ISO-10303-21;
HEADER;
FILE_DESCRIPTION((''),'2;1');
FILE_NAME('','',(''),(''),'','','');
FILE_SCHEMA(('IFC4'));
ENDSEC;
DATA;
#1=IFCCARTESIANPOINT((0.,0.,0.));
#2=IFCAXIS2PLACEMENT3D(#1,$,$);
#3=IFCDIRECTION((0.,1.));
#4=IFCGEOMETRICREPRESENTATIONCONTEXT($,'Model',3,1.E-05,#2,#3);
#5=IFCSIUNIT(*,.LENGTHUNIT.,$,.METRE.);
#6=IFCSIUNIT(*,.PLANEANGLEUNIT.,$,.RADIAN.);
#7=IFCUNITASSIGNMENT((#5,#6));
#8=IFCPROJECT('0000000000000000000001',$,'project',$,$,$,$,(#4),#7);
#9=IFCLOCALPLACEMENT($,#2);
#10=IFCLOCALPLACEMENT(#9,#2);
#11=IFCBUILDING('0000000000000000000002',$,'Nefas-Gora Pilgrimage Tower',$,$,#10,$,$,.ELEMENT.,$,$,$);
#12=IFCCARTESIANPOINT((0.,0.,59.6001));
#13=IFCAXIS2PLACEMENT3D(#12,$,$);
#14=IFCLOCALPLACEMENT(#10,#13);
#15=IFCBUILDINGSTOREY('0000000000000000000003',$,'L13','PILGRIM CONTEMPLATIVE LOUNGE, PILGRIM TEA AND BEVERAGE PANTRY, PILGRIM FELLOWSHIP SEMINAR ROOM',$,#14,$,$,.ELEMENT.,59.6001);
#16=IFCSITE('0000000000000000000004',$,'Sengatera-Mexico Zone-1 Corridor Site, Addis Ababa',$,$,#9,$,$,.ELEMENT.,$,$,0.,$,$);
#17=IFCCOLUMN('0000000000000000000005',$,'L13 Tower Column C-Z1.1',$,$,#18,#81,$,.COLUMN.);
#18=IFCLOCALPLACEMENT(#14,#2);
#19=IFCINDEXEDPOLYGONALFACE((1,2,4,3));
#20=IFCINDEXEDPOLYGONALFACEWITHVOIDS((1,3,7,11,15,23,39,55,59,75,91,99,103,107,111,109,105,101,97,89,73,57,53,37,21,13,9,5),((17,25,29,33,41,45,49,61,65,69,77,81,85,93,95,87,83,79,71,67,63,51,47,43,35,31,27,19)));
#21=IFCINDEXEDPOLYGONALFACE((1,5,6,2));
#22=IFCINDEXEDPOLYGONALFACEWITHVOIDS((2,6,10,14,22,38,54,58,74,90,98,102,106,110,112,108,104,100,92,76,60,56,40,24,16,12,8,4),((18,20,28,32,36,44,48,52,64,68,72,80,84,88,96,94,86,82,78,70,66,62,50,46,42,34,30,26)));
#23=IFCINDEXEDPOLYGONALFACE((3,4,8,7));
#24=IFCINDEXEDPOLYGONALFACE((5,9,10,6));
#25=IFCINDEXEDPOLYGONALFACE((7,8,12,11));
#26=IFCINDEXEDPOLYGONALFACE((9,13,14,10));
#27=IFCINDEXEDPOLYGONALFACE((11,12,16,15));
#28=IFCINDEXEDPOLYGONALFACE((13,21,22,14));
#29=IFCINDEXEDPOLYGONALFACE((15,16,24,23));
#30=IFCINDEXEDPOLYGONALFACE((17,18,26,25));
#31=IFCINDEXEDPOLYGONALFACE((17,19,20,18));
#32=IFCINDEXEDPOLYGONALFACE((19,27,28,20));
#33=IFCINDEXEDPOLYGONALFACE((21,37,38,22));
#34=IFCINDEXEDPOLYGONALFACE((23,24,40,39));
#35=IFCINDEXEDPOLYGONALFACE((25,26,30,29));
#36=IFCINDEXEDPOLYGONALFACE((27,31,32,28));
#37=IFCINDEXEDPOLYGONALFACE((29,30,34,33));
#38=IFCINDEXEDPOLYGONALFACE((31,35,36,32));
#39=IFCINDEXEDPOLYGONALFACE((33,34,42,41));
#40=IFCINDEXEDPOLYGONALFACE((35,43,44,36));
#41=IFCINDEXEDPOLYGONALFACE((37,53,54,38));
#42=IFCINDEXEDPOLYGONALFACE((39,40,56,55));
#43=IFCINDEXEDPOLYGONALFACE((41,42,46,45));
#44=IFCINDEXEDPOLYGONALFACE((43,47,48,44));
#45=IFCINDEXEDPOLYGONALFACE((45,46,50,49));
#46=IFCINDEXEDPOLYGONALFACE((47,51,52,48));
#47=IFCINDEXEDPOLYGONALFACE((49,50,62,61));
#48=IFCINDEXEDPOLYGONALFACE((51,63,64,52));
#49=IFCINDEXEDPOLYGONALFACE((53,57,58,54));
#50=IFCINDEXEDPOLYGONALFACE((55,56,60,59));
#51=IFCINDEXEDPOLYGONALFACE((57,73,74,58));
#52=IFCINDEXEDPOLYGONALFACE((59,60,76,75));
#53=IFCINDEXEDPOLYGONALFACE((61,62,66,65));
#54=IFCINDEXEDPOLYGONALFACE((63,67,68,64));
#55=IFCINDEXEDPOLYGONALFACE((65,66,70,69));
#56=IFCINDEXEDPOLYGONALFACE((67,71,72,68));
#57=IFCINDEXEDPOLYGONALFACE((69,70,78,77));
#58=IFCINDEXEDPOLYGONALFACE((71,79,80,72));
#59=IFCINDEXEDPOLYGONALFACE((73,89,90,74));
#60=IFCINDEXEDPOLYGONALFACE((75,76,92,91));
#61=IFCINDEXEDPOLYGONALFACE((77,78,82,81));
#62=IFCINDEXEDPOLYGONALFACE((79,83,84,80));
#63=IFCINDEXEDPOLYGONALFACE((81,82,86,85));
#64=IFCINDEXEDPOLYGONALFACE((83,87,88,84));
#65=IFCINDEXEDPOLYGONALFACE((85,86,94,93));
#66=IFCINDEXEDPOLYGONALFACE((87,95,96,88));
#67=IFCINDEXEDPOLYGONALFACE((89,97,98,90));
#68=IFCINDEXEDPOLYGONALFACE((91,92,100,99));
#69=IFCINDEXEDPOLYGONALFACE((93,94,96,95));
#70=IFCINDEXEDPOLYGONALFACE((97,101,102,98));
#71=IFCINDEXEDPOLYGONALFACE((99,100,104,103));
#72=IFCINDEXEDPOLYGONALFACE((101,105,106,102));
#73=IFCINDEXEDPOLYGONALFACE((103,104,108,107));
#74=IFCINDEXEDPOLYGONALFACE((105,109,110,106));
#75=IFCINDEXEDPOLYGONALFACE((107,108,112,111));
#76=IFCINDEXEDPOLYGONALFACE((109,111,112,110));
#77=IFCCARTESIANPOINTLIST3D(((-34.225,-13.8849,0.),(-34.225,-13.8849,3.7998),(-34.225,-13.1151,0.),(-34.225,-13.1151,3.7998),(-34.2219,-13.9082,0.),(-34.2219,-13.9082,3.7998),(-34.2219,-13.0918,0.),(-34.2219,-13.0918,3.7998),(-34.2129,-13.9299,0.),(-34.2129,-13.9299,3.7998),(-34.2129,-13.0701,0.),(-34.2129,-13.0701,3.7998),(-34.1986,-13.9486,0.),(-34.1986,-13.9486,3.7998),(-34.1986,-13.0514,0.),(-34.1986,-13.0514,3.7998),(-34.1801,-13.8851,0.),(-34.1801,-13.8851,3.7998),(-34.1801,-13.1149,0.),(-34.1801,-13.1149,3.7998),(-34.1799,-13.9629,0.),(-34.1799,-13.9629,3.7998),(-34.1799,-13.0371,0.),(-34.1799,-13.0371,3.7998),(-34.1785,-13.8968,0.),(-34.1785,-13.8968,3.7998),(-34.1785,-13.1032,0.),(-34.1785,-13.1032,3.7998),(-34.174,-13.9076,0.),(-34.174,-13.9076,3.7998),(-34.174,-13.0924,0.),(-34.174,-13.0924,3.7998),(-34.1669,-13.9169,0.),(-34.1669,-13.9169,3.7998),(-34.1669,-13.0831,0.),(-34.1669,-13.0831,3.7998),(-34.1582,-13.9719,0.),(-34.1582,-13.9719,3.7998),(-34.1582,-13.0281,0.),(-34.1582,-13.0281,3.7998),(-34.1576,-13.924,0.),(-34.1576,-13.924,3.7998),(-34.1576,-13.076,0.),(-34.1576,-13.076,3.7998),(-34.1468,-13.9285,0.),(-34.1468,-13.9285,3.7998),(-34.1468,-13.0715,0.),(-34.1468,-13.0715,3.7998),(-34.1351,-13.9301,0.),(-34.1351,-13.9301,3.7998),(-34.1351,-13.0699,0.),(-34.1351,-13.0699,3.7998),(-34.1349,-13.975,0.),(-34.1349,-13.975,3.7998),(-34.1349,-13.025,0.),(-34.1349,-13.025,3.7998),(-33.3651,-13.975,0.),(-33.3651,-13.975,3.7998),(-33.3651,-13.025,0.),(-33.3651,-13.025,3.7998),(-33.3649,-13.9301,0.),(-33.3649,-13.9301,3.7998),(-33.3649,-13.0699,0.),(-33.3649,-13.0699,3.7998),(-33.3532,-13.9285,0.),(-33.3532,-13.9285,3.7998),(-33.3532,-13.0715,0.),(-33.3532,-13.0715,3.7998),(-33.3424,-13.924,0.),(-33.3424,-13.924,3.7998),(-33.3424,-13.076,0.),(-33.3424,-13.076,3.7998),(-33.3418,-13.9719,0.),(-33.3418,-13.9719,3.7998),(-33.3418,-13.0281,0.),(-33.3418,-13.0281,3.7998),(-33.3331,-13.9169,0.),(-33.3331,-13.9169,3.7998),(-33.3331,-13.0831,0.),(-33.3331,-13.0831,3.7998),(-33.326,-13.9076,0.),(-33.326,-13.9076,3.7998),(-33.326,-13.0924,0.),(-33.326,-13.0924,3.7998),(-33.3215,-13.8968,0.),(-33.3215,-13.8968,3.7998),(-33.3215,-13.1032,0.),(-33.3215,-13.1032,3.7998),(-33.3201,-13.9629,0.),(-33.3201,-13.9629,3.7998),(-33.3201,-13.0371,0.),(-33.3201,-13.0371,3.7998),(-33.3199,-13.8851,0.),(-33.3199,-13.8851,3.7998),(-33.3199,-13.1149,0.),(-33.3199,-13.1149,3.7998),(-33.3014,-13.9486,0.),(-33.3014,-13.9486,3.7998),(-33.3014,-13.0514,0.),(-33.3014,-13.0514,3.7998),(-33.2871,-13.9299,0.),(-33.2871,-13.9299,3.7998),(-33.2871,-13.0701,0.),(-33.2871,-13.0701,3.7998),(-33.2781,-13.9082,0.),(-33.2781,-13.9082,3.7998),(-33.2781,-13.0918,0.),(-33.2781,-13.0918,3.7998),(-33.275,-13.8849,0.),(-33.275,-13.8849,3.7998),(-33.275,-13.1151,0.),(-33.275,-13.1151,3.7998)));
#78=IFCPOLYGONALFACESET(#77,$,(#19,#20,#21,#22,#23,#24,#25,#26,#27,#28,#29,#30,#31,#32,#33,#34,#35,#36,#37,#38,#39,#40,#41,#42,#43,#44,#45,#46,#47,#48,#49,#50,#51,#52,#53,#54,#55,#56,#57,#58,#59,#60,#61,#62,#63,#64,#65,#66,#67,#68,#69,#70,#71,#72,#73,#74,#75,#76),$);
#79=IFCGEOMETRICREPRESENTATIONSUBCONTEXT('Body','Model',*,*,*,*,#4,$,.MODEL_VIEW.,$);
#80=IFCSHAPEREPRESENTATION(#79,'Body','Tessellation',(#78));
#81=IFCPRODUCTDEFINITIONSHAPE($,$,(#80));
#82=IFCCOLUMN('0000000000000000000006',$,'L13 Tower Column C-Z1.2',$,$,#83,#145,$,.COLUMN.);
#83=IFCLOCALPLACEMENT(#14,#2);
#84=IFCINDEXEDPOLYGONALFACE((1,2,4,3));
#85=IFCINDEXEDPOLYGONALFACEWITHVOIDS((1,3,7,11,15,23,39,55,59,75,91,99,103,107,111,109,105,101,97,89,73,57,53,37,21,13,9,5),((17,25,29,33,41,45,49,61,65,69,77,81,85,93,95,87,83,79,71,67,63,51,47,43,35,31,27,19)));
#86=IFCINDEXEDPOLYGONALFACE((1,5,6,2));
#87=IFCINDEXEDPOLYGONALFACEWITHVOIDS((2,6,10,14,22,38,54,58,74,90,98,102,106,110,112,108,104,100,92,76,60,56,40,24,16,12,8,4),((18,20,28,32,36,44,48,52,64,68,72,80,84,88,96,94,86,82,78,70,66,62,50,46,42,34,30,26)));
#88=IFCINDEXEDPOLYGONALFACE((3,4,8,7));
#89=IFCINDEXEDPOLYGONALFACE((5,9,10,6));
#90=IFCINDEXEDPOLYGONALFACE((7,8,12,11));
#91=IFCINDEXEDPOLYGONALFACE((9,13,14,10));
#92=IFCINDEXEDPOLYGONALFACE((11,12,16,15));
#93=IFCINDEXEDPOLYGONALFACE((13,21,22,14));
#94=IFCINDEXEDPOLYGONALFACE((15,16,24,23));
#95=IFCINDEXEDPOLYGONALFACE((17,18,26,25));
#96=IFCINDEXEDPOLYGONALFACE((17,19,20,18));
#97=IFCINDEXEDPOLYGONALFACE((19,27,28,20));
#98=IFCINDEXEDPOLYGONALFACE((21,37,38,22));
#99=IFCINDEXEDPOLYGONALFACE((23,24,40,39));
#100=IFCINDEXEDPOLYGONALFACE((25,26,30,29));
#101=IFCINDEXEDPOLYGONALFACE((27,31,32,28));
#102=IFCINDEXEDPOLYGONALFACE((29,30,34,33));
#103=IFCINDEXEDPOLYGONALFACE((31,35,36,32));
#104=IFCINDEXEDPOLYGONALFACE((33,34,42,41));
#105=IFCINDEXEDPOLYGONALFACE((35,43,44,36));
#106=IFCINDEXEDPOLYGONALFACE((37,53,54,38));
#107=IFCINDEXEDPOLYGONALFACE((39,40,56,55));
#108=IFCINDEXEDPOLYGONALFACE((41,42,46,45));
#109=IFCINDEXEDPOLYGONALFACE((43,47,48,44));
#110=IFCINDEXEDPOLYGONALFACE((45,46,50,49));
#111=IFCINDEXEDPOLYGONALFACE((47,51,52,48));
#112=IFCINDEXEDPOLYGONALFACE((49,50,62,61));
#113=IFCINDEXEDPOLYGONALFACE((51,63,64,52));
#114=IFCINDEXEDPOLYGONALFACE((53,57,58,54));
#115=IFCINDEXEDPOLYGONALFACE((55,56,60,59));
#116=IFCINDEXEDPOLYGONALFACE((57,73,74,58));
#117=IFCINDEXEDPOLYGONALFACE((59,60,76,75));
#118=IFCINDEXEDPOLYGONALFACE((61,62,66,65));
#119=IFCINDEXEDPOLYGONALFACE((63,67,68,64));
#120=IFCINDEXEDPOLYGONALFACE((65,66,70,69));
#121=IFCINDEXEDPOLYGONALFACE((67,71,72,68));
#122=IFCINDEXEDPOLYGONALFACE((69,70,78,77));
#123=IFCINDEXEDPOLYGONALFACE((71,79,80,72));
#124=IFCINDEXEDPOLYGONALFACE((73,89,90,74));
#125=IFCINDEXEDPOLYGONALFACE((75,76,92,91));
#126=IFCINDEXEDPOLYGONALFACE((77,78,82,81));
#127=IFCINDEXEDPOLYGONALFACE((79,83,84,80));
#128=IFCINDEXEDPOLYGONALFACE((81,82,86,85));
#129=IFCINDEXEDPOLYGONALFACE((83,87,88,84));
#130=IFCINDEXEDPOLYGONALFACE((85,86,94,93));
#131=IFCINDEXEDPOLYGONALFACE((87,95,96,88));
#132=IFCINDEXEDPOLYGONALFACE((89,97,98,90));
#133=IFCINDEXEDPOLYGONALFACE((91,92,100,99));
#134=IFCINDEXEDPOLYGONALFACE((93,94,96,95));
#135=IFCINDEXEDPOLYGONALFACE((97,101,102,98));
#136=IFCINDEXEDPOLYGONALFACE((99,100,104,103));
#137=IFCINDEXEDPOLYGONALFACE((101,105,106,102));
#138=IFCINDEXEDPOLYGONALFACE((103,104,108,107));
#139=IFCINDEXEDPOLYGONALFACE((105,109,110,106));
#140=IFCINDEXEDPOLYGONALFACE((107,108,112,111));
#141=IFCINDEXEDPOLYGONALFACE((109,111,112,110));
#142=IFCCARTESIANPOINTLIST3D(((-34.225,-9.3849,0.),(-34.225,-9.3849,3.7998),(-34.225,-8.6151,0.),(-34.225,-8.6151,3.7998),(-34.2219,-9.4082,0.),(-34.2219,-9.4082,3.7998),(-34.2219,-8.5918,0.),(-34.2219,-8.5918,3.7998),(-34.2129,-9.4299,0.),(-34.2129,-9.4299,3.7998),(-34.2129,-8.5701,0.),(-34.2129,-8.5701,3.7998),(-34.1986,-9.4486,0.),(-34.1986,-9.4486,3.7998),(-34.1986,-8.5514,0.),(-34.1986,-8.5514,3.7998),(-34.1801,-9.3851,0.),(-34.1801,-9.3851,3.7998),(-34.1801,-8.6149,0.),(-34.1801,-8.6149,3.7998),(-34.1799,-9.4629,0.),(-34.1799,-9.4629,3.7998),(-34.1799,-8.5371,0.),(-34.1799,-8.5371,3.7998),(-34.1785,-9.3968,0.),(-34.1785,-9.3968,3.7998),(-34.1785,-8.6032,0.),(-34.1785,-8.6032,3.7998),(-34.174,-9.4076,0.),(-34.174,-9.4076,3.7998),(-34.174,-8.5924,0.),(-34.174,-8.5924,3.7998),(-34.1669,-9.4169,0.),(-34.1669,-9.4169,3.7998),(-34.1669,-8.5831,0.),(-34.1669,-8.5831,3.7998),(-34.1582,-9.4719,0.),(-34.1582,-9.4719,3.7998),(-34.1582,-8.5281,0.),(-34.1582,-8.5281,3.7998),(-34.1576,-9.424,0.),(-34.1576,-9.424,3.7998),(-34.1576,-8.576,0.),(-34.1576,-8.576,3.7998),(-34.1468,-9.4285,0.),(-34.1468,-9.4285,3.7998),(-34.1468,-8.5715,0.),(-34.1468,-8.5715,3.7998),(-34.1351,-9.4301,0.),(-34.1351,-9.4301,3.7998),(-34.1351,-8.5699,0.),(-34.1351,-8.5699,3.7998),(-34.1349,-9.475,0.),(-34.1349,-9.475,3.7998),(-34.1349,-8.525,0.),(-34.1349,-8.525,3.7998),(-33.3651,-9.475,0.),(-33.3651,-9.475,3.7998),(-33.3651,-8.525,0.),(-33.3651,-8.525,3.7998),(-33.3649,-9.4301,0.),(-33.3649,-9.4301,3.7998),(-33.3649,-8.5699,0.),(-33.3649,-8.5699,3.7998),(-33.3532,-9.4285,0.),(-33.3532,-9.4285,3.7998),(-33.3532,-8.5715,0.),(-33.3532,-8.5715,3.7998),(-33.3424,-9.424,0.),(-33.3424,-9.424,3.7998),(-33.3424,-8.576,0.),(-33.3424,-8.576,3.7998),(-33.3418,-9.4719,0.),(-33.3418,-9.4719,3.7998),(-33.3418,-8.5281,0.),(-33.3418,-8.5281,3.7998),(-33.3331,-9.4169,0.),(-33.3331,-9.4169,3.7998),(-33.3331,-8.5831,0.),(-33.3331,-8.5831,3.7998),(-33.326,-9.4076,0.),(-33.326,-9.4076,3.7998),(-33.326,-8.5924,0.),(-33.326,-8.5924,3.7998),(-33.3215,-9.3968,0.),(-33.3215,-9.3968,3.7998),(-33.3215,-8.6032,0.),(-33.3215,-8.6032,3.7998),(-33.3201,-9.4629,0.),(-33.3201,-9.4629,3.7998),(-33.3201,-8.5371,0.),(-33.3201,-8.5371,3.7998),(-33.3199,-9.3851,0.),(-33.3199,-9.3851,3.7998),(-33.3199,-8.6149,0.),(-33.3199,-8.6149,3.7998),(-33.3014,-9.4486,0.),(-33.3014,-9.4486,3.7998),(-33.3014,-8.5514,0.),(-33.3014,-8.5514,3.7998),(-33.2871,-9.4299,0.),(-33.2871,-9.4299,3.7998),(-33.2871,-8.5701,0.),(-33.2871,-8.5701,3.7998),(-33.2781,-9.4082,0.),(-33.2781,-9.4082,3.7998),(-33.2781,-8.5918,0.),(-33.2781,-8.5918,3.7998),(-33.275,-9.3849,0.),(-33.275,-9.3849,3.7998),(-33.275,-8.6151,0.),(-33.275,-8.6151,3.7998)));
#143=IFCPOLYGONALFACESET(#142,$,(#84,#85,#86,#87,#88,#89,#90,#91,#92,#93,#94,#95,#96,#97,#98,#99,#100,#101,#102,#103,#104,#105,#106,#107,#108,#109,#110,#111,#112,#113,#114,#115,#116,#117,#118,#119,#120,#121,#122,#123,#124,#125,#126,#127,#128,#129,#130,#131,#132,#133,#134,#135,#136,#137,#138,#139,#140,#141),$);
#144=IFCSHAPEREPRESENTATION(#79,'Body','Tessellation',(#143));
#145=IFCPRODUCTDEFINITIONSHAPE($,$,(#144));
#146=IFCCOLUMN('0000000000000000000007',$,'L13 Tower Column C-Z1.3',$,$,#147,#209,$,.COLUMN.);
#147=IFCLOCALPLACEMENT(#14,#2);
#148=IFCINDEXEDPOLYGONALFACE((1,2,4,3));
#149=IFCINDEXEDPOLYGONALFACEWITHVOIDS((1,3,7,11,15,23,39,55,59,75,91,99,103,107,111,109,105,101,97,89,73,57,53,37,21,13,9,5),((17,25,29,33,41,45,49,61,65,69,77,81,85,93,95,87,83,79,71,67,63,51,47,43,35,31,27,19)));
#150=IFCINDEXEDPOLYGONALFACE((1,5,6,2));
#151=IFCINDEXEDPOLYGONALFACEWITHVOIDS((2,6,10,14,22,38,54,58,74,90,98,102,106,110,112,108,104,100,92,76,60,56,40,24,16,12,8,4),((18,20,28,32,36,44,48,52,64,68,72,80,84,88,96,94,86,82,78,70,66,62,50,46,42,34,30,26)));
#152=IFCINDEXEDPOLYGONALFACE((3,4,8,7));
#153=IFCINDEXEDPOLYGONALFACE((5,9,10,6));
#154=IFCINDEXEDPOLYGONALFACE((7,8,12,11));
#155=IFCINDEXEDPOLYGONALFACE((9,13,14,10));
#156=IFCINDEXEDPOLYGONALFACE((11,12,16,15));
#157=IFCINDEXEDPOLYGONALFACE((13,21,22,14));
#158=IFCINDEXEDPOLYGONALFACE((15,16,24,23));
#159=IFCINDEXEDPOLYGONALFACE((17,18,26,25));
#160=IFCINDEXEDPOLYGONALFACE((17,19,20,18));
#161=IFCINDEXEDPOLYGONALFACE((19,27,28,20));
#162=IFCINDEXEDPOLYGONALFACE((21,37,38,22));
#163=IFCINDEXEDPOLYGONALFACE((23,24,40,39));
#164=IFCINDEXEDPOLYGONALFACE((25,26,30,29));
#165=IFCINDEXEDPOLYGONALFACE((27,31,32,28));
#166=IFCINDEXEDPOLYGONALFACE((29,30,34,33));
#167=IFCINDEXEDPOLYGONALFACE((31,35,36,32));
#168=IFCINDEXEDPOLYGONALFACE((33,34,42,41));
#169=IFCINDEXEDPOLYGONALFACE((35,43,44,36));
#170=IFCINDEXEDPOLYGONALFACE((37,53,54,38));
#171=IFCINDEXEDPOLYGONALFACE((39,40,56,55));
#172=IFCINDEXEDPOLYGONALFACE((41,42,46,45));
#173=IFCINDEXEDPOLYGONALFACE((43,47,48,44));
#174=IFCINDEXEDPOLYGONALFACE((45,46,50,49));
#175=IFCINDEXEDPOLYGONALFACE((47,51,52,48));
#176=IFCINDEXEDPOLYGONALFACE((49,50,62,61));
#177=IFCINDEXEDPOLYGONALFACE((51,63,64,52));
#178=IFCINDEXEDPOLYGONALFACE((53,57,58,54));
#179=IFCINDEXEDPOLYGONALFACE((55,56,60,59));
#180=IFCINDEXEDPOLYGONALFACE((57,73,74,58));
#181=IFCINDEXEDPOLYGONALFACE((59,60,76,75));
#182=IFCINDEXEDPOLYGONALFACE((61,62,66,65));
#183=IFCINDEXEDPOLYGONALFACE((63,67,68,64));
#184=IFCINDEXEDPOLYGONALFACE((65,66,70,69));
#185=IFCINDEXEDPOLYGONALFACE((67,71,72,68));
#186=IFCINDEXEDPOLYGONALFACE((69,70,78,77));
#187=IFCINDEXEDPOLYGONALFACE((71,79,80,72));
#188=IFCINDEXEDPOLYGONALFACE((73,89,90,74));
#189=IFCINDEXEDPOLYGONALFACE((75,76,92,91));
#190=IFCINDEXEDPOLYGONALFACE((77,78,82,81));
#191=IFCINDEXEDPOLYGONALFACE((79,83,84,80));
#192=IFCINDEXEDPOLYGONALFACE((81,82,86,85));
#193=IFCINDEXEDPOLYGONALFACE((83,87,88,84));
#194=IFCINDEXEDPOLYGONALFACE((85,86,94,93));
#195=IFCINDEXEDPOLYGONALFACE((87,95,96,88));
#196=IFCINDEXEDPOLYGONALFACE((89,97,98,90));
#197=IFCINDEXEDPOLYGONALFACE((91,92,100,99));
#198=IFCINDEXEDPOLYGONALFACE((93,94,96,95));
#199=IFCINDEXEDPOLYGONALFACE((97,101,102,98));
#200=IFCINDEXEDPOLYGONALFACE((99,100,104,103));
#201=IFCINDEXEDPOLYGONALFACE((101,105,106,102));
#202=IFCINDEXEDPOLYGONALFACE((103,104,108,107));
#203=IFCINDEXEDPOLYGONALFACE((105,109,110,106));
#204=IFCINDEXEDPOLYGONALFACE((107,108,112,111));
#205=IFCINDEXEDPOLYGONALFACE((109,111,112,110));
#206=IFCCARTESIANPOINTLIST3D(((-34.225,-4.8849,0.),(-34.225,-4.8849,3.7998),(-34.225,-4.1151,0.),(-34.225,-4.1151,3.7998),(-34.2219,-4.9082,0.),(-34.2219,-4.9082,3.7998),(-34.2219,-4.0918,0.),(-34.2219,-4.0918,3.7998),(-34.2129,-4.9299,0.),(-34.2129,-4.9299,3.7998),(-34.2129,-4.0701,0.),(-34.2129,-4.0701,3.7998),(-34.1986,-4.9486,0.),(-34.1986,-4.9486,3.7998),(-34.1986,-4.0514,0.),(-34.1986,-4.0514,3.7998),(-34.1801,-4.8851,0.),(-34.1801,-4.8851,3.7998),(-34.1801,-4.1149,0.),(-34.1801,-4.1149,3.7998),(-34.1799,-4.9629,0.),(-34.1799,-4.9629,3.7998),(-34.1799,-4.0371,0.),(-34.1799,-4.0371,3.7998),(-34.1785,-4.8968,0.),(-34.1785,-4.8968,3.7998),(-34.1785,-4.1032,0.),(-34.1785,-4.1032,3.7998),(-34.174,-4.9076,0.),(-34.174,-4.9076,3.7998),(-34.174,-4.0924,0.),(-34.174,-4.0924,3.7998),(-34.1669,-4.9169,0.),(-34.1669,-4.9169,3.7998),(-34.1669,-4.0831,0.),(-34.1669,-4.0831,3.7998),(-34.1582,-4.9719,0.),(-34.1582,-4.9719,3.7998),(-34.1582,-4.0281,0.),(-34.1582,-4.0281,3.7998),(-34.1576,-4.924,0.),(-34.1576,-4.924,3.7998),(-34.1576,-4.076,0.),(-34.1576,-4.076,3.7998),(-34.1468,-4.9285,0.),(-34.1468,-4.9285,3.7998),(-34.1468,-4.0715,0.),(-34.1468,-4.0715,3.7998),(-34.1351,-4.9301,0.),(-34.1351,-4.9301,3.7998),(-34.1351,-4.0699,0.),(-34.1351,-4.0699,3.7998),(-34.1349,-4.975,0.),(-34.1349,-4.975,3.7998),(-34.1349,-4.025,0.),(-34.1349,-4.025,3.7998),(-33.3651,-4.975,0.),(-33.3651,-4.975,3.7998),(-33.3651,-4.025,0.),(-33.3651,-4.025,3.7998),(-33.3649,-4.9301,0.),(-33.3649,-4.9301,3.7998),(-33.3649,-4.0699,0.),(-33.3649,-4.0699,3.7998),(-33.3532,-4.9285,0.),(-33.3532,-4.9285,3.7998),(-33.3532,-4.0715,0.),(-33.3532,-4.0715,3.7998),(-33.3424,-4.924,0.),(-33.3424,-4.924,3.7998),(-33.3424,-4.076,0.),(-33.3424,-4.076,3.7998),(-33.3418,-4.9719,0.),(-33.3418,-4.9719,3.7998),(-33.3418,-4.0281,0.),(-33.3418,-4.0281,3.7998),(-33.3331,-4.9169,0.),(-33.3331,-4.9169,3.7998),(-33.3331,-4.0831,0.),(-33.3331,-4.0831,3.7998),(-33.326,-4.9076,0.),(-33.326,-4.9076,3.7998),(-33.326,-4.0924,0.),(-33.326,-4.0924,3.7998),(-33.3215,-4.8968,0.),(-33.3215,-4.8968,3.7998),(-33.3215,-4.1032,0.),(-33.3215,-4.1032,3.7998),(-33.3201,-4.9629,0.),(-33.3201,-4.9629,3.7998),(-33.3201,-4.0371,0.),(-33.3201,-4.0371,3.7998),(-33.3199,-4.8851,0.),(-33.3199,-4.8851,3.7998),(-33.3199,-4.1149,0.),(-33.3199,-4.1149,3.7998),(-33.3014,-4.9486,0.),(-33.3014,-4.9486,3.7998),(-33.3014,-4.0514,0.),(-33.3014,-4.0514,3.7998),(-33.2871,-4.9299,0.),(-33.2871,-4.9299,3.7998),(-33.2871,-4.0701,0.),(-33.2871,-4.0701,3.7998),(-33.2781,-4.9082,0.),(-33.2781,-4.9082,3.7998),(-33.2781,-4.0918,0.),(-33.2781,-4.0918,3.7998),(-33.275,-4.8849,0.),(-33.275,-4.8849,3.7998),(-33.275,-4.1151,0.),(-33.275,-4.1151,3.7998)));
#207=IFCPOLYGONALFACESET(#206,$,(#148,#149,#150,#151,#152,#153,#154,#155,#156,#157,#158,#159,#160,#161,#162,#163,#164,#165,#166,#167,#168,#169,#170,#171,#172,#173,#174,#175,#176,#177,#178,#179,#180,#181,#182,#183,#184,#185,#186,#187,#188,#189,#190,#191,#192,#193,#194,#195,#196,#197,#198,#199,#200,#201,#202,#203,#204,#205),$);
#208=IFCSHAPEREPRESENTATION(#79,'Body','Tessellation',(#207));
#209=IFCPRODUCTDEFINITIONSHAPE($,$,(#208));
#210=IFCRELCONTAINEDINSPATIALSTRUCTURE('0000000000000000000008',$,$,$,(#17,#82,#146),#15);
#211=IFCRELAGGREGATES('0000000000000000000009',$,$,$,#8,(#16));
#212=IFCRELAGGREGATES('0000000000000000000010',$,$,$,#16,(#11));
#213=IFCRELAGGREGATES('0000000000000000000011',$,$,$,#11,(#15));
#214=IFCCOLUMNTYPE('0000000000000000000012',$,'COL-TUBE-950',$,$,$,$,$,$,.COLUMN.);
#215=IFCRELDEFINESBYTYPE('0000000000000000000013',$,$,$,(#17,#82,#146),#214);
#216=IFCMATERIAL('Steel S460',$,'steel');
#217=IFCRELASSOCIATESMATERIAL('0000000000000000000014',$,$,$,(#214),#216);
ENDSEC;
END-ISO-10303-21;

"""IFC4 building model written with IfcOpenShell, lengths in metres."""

from ifc_helpers import new_model, si_unit, direction, frame, origin, origin_2d, place, context, subcontext, project, spatial, hollow_rectangle, extrude, source, transform, mapped, material, material_profile, profile_set, type_object, element, save


model = new_model("IFC4")

# Units and contexts
model_context = context("Model", 3, precision=1e-05, world=origin(), true_north=direction((0.0, 1.0)))
body_context = subcontext(model_context, "Body", "Model", "MODEL_VIEW")
ifc_project = project(units=[si_unit("LENGTHUNIT", "METRE"), si_unit("PLANEANGLEUNIT", "RADIAN")], contexts=[model_context])

# Site, building, storey
site_placement = place(None, origin())
site = spatial("IfcSite", under=ifc_project, at=site_placement, Name="Sengatera-Mexico Zone-1 Corridor Site, Addis Ababa", CompositionType="ELEMENT", RefElevation=0.0)
building_placement = place(site_placement, origin())
building = spatial("IfcBuilding", under=site, at=building_placement, Name="Nefas-Gora Pilgrimage Tower", CompositionType="ELEMENT")
storey_placement = place(building_placement, frame((0.0, 0.0, 59.6001)))
storey = spatial("IfcBuildingStorey", under=building, at=storey_placement, Name="L13", Description="PILGRIM CONTEMPLATIVE LOUNGE, PILGRIM TEA AND BEVERAGE PANTRY, PILGRIM FELLOWSHIP SEMINAR ROOM", CompositionType="ELEMENT", Elevation=59.6001)

# Columns
ifc_material_1 = material(Name="Steel S460", Category="steel")
ifc_material_profile_1 = material_profile(ifc_material_1, hollow_rectangle(XDim=0.95, YDim=0.95, WallThickness=0.0449, InnerFilletRadius=0.0449, OuterFilletRadius=0.0901, at=origin_2d()), Name="BOX 950x950x45")
ifc_profile_set_1 = profile_set([ifc_material_profile_1], Name="Steel S460")
column_type_1 = type_object("IfcColumnType", Name="COL-TUBE-950", PredefinedType="COLUMN", material=ifc_profile_set_1)
shared_shape_1 = source(origin(), body_context, "Body", "SweptSolid", [
    extrude(hollow_rectangle(XDim=0.95, YDim=0.95, WallThickness=0.0449, InnerFilletRadius=0.0449, OuterFilletRadius=0.0901, at=origin_2d()), origin(), (0.0, 0.0, 1.0), 3.7998),
])
for number, where, z_axis, x_axis, name in (
    (1, (-33.75, -13.5, 0.0), (0.0, 0.0, 1.0), (1.0, 0.0, 0.0), "L13 Tower Column C-Z1.1"),
    (2, (-33.75, -9.0, 0.0), (0.0, 0.0, 1.0), (1.0, 0.0, 0.0), "L13 Tower Column C-Z1.2"),
    (3, (-33.75, -4.5, 0.0), (0.0, 0.0, 1.0), (1.0, 0.0, 0.0), "L13 Tower Column C-Z1.3"),
):
    element("IfcColumn", number, at=place(storey_placement, frame(where, z_axis=z_axis, x_axis=x_axis)), inside=storey, type_object=column_type_1, Name=name, PredefinedType="COLUMN", context=body_context, shape_type="MappedRepresentation", body=[
        mapped(shared_shape_1, transform((0.0, 0.0, 0.0), x_axis=(1.0, 0.0, 0.0), y_axis=(0.0, 1.0, 0.0), z_axis=(0.0, 0.0, 1.0), scale=1.0)),
    ])

save(model, "model.ifc")
